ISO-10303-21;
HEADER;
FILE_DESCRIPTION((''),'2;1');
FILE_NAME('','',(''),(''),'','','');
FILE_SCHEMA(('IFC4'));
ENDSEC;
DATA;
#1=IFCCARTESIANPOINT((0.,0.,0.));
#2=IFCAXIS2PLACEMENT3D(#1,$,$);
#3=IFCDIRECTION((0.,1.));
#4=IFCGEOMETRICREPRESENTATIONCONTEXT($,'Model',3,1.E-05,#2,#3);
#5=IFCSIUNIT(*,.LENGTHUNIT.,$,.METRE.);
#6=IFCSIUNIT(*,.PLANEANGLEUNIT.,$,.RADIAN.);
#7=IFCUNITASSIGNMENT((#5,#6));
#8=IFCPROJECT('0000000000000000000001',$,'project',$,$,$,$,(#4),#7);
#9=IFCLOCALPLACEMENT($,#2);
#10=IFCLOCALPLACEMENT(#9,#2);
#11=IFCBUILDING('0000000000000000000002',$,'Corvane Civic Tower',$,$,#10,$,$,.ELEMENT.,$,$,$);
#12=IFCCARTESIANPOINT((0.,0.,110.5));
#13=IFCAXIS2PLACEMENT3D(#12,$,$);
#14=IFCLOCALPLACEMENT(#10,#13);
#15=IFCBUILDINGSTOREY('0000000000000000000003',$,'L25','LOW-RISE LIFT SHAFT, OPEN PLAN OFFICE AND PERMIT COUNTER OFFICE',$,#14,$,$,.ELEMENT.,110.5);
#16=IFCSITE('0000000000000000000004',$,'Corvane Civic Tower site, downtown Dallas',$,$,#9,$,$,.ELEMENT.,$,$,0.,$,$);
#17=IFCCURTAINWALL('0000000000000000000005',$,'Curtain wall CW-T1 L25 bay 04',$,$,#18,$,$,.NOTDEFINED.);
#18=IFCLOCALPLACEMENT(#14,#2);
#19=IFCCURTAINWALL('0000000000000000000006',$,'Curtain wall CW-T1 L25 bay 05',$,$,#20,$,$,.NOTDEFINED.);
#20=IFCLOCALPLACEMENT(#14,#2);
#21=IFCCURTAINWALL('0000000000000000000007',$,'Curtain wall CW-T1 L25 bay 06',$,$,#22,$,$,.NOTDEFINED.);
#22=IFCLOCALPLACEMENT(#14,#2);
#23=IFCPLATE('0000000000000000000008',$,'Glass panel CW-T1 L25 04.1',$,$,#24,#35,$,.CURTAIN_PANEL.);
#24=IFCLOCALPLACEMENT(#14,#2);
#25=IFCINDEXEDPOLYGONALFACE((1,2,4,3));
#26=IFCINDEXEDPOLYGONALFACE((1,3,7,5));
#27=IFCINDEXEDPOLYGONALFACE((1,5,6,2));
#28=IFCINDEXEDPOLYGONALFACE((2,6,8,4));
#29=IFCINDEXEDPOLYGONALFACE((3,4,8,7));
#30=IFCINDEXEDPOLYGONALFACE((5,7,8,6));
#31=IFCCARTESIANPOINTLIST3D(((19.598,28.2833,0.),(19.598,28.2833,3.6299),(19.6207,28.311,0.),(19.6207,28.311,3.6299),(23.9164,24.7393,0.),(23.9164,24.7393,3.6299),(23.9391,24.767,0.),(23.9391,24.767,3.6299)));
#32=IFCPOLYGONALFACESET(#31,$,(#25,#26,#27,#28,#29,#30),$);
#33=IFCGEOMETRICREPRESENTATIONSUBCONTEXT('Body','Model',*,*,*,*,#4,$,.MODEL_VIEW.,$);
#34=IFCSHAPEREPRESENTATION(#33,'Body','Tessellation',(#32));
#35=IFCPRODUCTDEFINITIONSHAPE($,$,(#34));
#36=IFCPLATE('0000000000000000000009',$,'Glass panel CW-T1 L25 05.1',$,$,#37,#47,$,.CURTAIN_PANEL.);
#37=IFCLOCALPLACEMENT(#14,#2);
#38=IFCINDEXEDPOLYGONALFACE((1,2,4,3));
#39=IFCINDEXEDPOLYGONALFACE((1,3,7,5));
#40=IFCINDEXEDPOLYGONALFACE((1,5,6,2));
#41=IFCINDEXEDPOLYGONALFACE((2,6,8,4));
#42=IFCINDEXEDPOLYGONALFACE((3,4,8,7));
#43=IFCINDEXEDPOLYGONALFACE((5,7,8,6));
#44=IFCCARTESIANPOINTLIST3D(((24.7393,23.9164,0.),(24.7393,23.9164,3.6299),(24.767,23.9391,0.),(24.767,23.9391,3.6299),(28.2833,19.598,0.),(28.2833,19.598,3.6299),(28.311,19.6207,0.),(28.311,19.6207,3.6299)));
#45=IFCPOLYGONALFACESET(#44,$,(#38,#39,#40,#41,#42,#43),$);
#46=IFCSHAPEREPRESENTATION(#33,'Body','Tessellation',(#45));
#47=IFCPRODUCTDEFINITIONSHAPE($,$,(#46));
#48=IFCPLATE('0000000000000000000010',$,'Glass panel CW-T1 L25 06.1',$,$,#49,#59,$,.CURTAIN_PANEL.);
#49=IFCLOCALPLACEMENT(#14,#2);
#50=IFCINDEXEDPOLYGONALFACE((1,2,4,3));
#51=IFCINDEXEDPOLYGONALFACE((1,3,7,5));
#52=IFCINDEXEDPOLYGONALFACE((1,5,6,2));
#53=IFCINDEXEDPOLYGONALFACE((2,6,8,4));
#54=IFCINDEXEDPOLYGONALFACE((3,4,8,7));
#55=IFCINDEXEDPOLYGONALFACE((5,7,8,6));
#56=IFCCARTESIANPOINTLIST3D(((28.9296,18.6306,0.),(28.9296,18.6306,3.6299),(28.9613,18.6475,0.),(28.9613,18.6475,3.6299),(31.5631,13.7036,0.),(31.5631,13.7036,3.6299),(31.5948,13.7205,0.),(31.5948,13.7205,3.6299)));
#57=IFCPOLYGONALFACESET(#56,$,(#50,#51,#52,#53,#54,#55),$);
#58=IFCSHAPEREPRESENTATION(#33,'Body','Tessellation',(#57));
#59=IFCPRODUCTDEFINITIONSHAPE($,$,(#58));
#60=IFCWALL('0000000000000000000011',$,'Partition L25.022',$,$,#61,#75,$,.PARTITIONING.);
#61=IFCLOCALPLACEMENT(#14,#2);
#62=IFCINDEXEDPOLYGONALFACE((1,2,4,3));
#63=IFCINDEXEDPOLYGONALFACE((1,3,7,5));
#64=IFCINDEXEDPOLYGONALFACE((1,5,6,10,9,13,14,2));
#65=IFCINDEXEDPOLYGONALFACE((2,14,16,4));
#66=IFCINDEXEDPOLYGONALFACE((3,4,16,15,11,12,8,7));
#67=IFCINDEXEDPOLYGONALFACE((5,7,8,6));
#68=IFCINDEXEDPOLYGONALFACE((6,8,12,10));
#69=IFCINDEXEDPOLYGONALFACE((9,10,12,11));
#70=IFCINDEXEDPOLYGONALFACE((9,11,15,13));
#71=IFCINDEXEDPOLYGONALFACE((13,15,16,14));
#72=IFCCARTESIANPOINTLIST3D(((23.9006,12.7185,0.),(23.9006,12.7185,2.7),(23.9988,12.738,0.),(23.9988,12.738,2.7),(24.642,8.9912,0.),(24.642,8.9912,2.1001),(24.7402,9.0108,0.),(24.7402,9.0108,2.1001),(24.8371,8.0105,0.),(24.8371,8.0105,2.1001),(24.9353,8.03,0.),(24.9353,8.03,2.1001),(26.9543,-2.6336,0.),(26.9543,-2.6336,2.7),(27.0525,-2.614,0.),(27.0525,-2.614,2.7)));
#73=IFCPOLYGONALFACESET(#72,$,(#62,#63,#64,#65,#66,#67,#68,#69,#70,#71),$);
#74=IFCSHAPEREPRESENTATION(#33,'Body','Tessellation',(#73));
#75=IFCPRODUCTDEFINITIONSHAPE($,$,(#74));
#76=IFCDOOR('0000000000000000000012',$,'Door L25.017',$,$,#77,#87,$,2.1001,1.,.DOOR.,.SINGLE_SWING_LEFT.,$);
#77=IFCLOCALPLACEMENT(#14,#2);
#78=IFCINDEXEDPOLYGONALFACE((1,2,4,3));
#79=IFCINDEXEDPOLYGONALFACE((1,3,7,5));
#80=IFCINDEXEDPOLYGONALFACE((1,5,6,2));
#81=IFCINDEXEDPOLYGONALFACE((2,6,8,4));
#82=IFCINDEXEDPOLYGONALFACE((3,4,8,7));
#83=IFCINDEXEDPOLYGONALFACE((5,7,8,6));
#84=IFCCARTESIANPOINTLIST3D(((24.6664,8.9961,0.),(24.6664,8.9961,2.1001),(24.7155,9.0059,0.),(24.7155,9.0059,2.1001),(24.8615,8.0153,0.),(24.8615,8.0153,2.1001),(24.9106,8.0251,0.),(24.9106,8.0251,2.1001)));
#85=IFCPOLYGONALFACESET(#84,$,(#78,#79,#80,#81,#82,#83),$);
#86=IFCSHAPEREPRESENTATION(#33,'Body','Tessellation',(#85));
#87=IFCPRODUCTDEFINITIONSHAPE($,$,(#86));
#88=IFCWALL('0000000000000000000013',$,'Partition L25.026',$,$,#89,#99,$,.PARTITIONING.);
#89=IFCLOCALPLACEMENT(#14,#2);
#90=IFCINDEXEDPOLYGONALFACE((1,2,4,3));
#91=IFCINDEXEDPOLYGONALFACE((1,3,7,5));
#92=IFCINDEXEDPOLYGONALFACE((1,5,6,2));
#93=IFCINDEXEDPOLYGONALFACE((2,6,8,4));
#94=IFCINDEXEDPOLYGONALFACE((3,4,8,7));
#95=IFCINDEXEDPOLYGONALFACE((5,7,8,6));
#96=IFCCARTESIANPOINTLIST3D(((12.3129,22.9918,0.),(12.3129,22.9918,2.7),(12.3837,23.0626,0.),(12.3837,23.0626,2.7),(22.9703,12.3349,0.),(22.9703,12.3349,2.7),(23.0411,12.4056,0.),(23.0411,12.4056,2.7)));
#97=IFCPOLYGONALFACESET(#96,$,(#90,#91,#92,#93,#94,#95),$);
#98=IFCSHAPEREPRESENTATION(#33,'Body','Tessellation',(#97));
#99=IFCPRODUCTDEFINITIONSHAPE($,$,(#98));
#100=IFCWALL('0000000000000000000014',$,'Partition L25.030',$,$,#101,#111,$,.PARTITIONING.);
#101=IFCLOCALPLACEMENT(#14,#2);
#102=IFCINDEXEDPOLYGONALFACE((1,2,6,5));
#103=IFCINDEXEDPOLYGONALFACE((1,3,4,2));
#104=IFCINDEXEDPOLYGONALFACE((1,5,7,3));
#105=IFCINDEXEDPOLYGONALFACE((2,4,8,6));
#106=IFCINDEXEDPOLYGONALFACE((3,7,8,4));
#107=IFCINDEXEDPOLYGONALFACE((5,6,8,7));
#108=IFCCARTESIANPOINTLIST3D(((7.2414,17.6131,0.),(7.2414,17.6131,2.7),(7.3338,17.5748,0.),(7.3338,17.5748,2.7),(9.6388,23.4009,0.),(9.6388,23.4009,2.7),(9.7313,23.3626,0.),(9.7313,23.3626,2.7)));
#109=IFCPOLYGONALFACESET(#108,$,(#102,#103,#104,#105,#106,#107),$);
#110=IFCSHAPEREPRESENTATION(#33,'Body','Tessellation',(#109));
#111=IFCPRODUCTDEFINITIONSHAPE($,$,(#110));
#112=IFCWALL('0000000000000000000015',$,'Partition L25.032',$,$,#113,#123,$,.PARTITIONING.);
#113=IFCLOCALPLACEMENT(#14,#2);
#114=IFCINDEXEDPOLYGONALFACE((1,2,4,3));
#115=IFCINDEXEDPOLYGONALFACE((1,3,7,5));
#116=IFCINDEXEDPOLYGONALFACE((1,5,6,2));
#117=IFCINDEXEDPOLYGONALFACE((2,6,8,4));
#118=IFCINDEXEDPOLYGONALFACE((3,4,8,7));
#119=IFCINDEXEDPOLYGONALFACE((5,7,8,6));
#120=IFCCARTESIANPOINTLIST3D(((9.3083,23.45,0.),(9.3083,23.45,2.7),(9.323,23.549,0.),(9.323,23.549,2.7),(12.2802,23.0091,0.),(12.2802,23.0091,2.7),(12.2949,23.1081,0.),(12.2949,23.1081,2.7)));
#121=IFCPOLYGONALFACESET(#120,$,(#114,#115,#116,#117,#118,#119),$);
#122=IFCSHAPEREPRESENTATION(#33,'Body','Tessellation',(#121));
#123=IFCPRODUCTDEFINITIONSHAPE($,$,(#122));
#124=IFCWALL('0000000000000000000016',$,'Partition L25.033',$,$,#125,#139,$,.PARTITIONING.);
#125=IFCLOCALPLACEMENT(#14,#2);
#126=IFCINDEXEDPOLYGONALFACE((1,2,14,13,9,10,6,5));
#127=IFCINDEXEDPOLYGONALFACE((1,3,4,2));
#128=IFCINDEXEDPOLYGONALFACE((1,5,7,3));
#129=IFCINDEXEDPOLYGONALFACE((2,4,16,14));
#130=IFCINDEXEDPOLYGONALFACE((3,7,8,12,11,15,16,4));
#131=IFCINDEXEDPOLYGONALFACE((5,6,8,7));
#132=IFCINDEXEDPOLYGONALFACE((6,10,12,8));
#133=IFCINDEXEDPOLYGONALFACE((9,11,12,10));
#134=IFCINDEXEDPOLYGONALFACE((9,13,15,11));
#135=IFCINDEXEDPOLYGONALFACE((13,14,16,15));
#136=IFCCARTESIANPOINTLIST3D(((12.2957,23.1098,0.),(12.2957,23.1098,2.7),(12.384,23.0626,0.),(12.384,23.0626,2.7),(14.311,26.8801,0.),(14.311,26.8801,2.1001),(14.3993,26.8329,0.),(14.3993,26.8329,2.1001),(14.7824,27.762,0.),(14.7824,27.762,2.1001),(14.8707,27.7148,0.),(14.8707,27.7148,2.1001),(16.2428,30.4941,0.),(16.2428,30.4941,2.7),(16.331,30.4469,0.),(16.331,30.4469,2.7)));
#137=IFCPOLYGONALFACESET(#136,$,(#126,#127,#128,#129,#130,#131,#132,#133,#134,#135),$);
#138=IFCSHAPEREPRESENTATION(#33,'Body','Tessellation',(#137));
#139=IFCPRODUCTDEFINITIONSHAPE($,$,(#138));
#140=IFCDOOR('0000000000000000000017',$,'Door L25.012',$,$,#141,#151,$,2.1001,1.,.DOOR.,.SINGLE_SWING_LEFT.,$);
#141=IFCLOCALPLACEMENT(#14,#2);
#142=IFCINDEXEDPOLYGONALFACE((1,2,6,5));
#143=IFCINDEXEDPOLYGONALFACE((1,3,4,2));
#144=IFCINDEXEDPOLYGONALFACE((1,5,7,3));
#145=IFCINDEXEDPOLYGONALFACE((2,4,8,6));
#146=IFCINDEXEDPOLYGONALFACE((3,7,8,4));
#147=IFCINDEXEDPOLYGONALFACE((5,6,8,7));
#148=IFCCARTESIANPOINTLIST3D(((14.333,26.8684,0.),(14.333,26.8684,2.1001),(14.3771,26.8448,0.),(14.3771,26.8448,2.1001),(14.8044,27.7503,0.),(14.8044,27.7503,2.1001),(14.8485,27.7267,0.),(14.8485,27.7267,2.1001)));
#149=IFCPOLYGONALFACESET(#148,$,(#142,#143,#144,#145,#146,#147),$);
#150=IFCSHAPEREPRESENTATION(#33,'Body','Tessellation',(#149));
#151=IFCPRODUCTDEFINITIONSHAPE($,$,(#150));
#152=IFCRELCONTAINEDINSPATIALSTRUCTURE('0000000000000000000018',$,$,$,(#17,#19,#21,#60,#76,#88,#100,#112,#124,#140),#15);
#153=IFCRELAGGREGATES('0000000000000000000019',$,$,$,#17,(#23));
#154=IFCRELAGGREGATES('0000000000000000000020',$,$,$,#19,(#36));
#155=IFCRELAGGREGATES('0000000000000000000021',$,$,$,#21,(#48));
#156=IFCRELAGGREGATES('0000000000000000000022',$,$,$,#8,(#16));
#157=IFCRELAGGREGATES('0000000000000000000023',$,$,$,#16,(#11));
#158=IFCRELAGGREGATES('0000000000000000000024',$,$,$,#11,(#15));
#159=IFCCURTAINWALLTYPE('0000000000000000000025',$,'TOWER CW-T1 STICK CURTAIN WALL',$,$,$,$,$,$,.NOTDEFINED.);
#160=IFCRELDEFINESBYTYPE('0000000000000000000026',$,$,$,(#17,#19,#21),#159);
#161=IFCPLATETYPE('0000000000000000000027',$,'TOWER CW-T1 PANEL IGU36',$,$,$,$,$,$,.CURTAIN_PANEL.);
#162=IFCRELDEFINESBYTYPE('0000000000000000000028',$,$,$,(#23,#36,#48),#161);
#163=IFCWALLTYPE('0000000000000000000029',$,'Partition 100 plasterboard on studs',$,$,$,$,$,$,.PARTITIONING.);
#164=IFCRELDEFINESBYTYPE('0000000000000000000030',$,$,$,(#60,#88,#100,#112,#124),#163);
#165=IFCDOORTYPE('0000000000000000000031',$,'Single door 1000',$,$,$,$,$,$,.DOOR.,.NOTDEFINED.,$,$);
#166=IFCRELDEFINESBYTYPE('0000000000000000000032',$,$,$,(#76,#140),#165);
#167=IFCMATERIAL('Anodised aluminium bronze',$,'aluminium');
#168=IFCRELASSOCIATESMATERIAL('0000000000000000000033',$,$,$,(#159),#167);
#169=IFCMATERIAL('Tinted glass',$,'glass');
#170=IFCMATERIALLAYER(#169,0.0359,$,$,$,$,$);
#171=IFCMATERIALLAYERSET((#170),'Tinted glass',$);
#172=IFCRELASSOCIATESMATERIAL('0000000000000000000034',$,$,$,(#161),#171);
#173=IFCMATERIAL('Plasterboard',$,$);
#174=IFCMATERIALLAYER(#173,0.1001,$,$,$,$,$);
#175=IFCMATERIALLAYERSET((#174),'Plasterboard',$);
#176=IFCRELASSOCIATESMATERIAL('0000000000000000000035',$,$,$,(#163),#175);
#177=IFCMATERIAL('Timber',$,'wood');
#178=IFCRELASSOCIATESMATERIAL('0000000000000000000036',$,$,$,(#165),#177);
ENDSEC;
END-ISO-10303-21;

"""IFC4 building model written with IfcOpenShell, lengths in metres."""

from ifc_helpers import new_model, si_unit, direction, frame, frame_2d, origin, origin_2d, place, context, subcontext, project, spatial, rectangle, extrude, material, layer, layer_set, type_object, element, fill, aggregate, save


model = new_model("IFC4")

# Units and contexts
model_context = context("Model", 3, precision=1e-05, world=origin(), true_north=direction((0.0, 1.0)))
body_context = subcontext(model_context, "Body", "Model", "MODEL_VIEW")
ifc_project = project(units=[si_unit("LENGTHUNIT", "METRE"), si_unit("PLANEANGLEUNIT", "RADIAN")], contexts=[model_context])

# Site, building, storey
site_placement = place(None, origin())
site = spatial("IfcSite", under=ifc_project, at=site_placement, Name="Corvane Civic Tower site, downtown Dallas", CompositionType="ELEMENT", RefElevation=0.0)
building_placement = place(site_placement, origin())
building = spatial("IfcBuilding", under=site, at=building_placement, Name="Corvane Civic Tower", CompositionType="ELEMENT")
storey_placement = place(building_placement, frame((0.0, 0.0, 110.5)))
storey = spatial("IfcBuildingStorey", under=building, at=storey_placement, Name="L25", Description="LOW-RISE LIFT SHAFT, OPEN PLAN OFFICE AND PERMIT COUNTER OFFICE", CompositionType="ELEMENT", Elevation=110.5)

# Curtain walls
ifc_material_1 = material(Name="Anodised aluminium bronze", Category="aluminium")
curtain_wall_type = type_object("IfcCurtainWallType", Name="TOWER CW-T1 STICK CURTAIN WALL", PredefinedType="NOTDEFINED", material=ifc_material_1)
curtain_wall_1_placement = place(storey_placement, origin())
curtain_wall_1 = element("IfcCurtainWall", 1, at=curtain_wall_1_placement, inside=storey, type_object=curtain_wall_type, Name="Curtain wall CW-T1 L25 bay 04", PredefinedType="NOTDEFINED")
curtain_wall_2_placement = place(storey_placement, origin())
curtain_wall_2 = element("IfcCurtainWall", 2, at=curtain_wall_2_placement, inside=storey, type_object=curtain_wall_type, Name="Curtain wall CW-T1 L25 bay 05", PredefinedType="NOTDEFINED")
curtain_wall_3_placement = place(storey_placement, origin())
curtain_wall_3 = element("IfcCurtainWall", 3, at=curtain_wall_3_placement, inside=storey, type_object=curtain_wall_type, Name="Curtain wall CW-T1 L25 bay 06", PredefinedType="NOTDEFINED")

# Plates
ifc_material_2 = material(Name="Tinted glass", Category="glass")
ifc_layer_1 = layer(ifc_material_2, 0.0359)
ifc_layer_set_1 = layer_set([ifc_layer_1], Name="Tinted glass")
plate_type = type_object("IfcPlateType", Name="TOWER CW-T1 PANEL IGU36", PredefinedType="CURTAIN_PANEL", material=ifc_layer_set_1)
plate_1_placement = place(storey_placement, frame((21.7686, 26.5251, 0.0), z_axis=(0.0, 0.0, 1.0), x_axis=(0.773013, -0.63439, 0.0)))
plate_1 = element("IfcPlate", 4, at=plate_1_placement, type_object=plate_type, Name="Glass panel CW-T1 L25 04.1", PredefinedType="CURTAIN_PANEL", context=body_context, shape_type="SweptSolid", body=[
    extrude(rectangle(XDim=5.5864, YDim=0.0359, at=origin_2d()), origin(), (0.0, 0.0, 1.0), 3.6299),
])
aggregate(curtain_wall_1, [plate_1])
plate_2_placement = place(storey_placement, frame((26.5251, 21.7686, 0.0), z_axis=(0.0, 0.0, 1.0), x_axis=(0.63439, -0.773013, 0.0)))
plate_2 = element("IfcPlate", 5, at=plate_2_placement, type_object=plate_type, Name="Glass panel CW-T1 L25 05.1", PredefinedType="CURTAIN_PANEL", context=body_context, shape_type="SweptSolid", body=[
    extrude(rectangle(XDim=5.5864, YDim=0.0359, at=origin_2d()), origin(), (0.0, 0.0, 1.0), 3.6299),
])
aggregate(curtain_wall_2, [plate_2])
plate_3_placement = place(storey_placement, frame((30.2622, 16.1755, 0.0), z_axis=(0.0, 0.0, 1.0), x_axis=(0.471392, -0.881924, 0.0)))
plate_3 = element("IfcPlate", 6, at=plate_3_placement, type_object=plate_type, Name="Glass panel CW-T1 L25 06.1", PredefinedType="CURTAIN_PANEL", context=body_context, shape_type="SweptSolid", body=[
    extrude(rectangle(XDim=5.5867, YDim=0.0359, at=origin_2d()), origin(), (0.0, 0.0, 1.0), 3.6299),
])
aggregate(curtain_wall_3, [plate_3])

# Wall, opening, door
ifc_material_3 = material(Name="Plasterboard")
ifc_layer_2 = layer(ifc_material_3, 0.1001)
ifc_layer_set_2 = layer_set([ifc_layer_2], Name="Plasterboard")
wall_type = type_object("IfcWallType", Name="Partition 100 plasterboard on studs", PredefinedType="PARTITIONING", material=ifc_layer_set_2)
wall_1_placement = place(storey_placement, frame((23.9497, 12.7283, 0.0), z_axis=(0.0, 0.0, 1.0), x_axis=(0.19509, -0.980785, 0.0)))
wall_1 = element("IfcWall", 7, at=wall_1_placement, inside=storey, type_object=wall_type, Name="Partition L25.022", PredefinedType="PARTITIONING", context=body_context, shape_type="SweptSolid", body=[
    extrude(rectangle(XDim=15.6528, YDim=0.1001, at=frame_2d((7.8264, 0.0))), origin(), (0.0, 0.0, 1.0), 2.7),
])
opening_1_placement = place(wall_1_placement, frame((3.8003, 0.0, 0.0)))
opening_1 = element("IfcOpeningElement", 8, at=opening_1_placement, cuts=wall_1, PredefinedType="OPENING", context=body_context, shape_type="SweptSolid", body=[
    extrude(rectangle(XDim=1.0, YDim=2.1001, at=frame_2d((0.5, 1.05))), frame((0.0, 0.0601, 0.0), z_axis=(0.0, -1.0, 0.0), x_axis=(1.0, 0.0, 0.0)), (0.0, 0.0, 1.0), 0.1201),
])
ifc_material_4 = material(Name="Timber", Category="wood")
door_type = type_object("IfcDoorType", Name="Single door 1000", OperationType="NOTDEFINED", PredefinedType="DOOR", material=ifc_material_4)
door_1_placement = place(opening_1_placement, origin())
door_1 = element("IfcDoor", 9, at=door_1_placement, inside=storey, type_object=door_type, Name="Door L25.017", OperationType="SINGLE_SWING_LEFT", OverallHeight=2.1001, OverallWidth=1.0, PredefinedType="DOOR", context=body_context, shape_type="SweptSolid", body=[
    extrude(rectangle(XDim=1.0, YDim=2.1001, at=frame_2d((0.5, 1.05))), frame((0.0, 0.0249, 0.0), z_axis=(0.0, -1.0, 0.0), x_axis=(1.0, 0.0, 0.0)), (0.0, 0.0, 1.0), 0.05),
])
fill(opening_1, door_1)

# Walls
wall_2_placement = place(storey_placement, frame((12.3484, 23.0271, 0.0), z_axis=(0.0, 0.0, 1.0), x_axis=(0.707123, -0.707091, 0.0)))
element("IfcWall", 10, at=wall_2_placement, inside=storey, type_object=wall_type, Name="Partition L25.026", PredefinedType="PARTITIONING", context=body_context, shape_type="SweptSolid", body=[
    extrude(rectangle(XDim=15.0715, YDim=0.1001, at=frame_2d((7.5356, 0.0))), origin(), (0.0, 0.0, 1.0), 2.7),
])
wall_3_placement = place(storey_placement, frame((7.2876, 17.594, 0.0), z_axis=(0.0, 0.0, 1.0), x_axis=(0.382691, 0.923876, 0.0)))
element("IfcWall", 11, at=wall_3_placement, inside=storey, type_object=wall_type, Name="Partition L25.030", PredefinedType="PARTITIONING", context=body_context, shape_type="SweptSolid", body=[
    extrude(rectangle(XDim=6.2646, YDim=0.1001, at=frame_2d((3.1323, 0.0))), origin(), (0.0, 0.0, 1.0), 2.7),
])
wall_4_placement = place(storey_placement, frame((9.3157, 23.4995, 0.0), z_axis=(0.0, 0.0, 1.0), x_axis=(0.989173, -0.146755, 0.0)))
element("IfcWall", 12, at=wall_4_placement, inside=storey, type_object=wall_type, Name="Partition L25.032", PredefinedType="PARTITIONING", context=body_context, shape_type="SweptSolid", body=[
    extrude(rectangle(XDim=3.0044, YDim=0.1001, at=frame_2d((1.5022, 0.0))), origin(), (0.0, 0.0, 1.0), 2.7),
])

# Wall, opening, door
wall_5_placement = place(storey_placement, frame((12.3398, 23.0862, 0.0), z_axis=(0.0, 0.0, 1.0), x_axis=(0.471401, 0.881919, 0.0)))
wall_5 = element("IfcWall", 13, at=wall_5_placement, inside=storey, type_object=wall_type, Name="Partition L25.033", PredefinedType="PARTITIONING", context=body_context, shape_type="SweptSolid", body=[
    extrude(rectangle(XDim=8.373, YDim=0.1001, at=frame_2d((4.1865, 0.0))), origin(), (0.0, 0.0, 1.0), 2.7),
])
opening_2_placement = place(wall_5_placement, frame((4.2751, 0.0, 0.0)))
opening_2 = element("IfcOpeningElement", 14, at=opening_2_placement, cuts=wall_5, PredefinedType="OPENING", context=body_context, shape_type="SweptSolid", body=[
    extrude(rectangle(XDim=1.0, YDim=2.1001, at=frame_2d((0.5, 1.05))), frame((0.0, 0.0601, 0.0), z_axis=(0.0, -1.0, 0.0), x_axis=(1.0, 0.0, 0.0)), (0.0, 0.0, 1.0), 0.1201),
])
door_2_placement = place(opening_2_placement, frame((1.0, 0.0, 0.0), z_axis=(0.0, 0.0, 1.0), x_axis=(-1.0, 0.0, 0.0)))
door_2 = element("IfcDoor", 15, at=door_2_placement, inside=storey, type_object=door_type, Name="Door L25.012", OperationType="SINGLE_SWING_LEFT", OverallHeight=2.1001, OverallWidth=1.0, PredefinedType="DOOR", context=body_context, shape_type="SweptSolid", body=[
    extrude(rectangle(XDim=1.0, YDim=2.1001, at=frame_2d((0.5, 1.05))), frame((0.0, 0.0249, 0.0), z_axis=(0.0, -1.0, 0.0), x_axis=(1.0, 0.0, 0.0)), (0.0, 0.0, 1.0), 0.05),
])
fill(opening_2, door_2)

save(model, "model.ifc")
